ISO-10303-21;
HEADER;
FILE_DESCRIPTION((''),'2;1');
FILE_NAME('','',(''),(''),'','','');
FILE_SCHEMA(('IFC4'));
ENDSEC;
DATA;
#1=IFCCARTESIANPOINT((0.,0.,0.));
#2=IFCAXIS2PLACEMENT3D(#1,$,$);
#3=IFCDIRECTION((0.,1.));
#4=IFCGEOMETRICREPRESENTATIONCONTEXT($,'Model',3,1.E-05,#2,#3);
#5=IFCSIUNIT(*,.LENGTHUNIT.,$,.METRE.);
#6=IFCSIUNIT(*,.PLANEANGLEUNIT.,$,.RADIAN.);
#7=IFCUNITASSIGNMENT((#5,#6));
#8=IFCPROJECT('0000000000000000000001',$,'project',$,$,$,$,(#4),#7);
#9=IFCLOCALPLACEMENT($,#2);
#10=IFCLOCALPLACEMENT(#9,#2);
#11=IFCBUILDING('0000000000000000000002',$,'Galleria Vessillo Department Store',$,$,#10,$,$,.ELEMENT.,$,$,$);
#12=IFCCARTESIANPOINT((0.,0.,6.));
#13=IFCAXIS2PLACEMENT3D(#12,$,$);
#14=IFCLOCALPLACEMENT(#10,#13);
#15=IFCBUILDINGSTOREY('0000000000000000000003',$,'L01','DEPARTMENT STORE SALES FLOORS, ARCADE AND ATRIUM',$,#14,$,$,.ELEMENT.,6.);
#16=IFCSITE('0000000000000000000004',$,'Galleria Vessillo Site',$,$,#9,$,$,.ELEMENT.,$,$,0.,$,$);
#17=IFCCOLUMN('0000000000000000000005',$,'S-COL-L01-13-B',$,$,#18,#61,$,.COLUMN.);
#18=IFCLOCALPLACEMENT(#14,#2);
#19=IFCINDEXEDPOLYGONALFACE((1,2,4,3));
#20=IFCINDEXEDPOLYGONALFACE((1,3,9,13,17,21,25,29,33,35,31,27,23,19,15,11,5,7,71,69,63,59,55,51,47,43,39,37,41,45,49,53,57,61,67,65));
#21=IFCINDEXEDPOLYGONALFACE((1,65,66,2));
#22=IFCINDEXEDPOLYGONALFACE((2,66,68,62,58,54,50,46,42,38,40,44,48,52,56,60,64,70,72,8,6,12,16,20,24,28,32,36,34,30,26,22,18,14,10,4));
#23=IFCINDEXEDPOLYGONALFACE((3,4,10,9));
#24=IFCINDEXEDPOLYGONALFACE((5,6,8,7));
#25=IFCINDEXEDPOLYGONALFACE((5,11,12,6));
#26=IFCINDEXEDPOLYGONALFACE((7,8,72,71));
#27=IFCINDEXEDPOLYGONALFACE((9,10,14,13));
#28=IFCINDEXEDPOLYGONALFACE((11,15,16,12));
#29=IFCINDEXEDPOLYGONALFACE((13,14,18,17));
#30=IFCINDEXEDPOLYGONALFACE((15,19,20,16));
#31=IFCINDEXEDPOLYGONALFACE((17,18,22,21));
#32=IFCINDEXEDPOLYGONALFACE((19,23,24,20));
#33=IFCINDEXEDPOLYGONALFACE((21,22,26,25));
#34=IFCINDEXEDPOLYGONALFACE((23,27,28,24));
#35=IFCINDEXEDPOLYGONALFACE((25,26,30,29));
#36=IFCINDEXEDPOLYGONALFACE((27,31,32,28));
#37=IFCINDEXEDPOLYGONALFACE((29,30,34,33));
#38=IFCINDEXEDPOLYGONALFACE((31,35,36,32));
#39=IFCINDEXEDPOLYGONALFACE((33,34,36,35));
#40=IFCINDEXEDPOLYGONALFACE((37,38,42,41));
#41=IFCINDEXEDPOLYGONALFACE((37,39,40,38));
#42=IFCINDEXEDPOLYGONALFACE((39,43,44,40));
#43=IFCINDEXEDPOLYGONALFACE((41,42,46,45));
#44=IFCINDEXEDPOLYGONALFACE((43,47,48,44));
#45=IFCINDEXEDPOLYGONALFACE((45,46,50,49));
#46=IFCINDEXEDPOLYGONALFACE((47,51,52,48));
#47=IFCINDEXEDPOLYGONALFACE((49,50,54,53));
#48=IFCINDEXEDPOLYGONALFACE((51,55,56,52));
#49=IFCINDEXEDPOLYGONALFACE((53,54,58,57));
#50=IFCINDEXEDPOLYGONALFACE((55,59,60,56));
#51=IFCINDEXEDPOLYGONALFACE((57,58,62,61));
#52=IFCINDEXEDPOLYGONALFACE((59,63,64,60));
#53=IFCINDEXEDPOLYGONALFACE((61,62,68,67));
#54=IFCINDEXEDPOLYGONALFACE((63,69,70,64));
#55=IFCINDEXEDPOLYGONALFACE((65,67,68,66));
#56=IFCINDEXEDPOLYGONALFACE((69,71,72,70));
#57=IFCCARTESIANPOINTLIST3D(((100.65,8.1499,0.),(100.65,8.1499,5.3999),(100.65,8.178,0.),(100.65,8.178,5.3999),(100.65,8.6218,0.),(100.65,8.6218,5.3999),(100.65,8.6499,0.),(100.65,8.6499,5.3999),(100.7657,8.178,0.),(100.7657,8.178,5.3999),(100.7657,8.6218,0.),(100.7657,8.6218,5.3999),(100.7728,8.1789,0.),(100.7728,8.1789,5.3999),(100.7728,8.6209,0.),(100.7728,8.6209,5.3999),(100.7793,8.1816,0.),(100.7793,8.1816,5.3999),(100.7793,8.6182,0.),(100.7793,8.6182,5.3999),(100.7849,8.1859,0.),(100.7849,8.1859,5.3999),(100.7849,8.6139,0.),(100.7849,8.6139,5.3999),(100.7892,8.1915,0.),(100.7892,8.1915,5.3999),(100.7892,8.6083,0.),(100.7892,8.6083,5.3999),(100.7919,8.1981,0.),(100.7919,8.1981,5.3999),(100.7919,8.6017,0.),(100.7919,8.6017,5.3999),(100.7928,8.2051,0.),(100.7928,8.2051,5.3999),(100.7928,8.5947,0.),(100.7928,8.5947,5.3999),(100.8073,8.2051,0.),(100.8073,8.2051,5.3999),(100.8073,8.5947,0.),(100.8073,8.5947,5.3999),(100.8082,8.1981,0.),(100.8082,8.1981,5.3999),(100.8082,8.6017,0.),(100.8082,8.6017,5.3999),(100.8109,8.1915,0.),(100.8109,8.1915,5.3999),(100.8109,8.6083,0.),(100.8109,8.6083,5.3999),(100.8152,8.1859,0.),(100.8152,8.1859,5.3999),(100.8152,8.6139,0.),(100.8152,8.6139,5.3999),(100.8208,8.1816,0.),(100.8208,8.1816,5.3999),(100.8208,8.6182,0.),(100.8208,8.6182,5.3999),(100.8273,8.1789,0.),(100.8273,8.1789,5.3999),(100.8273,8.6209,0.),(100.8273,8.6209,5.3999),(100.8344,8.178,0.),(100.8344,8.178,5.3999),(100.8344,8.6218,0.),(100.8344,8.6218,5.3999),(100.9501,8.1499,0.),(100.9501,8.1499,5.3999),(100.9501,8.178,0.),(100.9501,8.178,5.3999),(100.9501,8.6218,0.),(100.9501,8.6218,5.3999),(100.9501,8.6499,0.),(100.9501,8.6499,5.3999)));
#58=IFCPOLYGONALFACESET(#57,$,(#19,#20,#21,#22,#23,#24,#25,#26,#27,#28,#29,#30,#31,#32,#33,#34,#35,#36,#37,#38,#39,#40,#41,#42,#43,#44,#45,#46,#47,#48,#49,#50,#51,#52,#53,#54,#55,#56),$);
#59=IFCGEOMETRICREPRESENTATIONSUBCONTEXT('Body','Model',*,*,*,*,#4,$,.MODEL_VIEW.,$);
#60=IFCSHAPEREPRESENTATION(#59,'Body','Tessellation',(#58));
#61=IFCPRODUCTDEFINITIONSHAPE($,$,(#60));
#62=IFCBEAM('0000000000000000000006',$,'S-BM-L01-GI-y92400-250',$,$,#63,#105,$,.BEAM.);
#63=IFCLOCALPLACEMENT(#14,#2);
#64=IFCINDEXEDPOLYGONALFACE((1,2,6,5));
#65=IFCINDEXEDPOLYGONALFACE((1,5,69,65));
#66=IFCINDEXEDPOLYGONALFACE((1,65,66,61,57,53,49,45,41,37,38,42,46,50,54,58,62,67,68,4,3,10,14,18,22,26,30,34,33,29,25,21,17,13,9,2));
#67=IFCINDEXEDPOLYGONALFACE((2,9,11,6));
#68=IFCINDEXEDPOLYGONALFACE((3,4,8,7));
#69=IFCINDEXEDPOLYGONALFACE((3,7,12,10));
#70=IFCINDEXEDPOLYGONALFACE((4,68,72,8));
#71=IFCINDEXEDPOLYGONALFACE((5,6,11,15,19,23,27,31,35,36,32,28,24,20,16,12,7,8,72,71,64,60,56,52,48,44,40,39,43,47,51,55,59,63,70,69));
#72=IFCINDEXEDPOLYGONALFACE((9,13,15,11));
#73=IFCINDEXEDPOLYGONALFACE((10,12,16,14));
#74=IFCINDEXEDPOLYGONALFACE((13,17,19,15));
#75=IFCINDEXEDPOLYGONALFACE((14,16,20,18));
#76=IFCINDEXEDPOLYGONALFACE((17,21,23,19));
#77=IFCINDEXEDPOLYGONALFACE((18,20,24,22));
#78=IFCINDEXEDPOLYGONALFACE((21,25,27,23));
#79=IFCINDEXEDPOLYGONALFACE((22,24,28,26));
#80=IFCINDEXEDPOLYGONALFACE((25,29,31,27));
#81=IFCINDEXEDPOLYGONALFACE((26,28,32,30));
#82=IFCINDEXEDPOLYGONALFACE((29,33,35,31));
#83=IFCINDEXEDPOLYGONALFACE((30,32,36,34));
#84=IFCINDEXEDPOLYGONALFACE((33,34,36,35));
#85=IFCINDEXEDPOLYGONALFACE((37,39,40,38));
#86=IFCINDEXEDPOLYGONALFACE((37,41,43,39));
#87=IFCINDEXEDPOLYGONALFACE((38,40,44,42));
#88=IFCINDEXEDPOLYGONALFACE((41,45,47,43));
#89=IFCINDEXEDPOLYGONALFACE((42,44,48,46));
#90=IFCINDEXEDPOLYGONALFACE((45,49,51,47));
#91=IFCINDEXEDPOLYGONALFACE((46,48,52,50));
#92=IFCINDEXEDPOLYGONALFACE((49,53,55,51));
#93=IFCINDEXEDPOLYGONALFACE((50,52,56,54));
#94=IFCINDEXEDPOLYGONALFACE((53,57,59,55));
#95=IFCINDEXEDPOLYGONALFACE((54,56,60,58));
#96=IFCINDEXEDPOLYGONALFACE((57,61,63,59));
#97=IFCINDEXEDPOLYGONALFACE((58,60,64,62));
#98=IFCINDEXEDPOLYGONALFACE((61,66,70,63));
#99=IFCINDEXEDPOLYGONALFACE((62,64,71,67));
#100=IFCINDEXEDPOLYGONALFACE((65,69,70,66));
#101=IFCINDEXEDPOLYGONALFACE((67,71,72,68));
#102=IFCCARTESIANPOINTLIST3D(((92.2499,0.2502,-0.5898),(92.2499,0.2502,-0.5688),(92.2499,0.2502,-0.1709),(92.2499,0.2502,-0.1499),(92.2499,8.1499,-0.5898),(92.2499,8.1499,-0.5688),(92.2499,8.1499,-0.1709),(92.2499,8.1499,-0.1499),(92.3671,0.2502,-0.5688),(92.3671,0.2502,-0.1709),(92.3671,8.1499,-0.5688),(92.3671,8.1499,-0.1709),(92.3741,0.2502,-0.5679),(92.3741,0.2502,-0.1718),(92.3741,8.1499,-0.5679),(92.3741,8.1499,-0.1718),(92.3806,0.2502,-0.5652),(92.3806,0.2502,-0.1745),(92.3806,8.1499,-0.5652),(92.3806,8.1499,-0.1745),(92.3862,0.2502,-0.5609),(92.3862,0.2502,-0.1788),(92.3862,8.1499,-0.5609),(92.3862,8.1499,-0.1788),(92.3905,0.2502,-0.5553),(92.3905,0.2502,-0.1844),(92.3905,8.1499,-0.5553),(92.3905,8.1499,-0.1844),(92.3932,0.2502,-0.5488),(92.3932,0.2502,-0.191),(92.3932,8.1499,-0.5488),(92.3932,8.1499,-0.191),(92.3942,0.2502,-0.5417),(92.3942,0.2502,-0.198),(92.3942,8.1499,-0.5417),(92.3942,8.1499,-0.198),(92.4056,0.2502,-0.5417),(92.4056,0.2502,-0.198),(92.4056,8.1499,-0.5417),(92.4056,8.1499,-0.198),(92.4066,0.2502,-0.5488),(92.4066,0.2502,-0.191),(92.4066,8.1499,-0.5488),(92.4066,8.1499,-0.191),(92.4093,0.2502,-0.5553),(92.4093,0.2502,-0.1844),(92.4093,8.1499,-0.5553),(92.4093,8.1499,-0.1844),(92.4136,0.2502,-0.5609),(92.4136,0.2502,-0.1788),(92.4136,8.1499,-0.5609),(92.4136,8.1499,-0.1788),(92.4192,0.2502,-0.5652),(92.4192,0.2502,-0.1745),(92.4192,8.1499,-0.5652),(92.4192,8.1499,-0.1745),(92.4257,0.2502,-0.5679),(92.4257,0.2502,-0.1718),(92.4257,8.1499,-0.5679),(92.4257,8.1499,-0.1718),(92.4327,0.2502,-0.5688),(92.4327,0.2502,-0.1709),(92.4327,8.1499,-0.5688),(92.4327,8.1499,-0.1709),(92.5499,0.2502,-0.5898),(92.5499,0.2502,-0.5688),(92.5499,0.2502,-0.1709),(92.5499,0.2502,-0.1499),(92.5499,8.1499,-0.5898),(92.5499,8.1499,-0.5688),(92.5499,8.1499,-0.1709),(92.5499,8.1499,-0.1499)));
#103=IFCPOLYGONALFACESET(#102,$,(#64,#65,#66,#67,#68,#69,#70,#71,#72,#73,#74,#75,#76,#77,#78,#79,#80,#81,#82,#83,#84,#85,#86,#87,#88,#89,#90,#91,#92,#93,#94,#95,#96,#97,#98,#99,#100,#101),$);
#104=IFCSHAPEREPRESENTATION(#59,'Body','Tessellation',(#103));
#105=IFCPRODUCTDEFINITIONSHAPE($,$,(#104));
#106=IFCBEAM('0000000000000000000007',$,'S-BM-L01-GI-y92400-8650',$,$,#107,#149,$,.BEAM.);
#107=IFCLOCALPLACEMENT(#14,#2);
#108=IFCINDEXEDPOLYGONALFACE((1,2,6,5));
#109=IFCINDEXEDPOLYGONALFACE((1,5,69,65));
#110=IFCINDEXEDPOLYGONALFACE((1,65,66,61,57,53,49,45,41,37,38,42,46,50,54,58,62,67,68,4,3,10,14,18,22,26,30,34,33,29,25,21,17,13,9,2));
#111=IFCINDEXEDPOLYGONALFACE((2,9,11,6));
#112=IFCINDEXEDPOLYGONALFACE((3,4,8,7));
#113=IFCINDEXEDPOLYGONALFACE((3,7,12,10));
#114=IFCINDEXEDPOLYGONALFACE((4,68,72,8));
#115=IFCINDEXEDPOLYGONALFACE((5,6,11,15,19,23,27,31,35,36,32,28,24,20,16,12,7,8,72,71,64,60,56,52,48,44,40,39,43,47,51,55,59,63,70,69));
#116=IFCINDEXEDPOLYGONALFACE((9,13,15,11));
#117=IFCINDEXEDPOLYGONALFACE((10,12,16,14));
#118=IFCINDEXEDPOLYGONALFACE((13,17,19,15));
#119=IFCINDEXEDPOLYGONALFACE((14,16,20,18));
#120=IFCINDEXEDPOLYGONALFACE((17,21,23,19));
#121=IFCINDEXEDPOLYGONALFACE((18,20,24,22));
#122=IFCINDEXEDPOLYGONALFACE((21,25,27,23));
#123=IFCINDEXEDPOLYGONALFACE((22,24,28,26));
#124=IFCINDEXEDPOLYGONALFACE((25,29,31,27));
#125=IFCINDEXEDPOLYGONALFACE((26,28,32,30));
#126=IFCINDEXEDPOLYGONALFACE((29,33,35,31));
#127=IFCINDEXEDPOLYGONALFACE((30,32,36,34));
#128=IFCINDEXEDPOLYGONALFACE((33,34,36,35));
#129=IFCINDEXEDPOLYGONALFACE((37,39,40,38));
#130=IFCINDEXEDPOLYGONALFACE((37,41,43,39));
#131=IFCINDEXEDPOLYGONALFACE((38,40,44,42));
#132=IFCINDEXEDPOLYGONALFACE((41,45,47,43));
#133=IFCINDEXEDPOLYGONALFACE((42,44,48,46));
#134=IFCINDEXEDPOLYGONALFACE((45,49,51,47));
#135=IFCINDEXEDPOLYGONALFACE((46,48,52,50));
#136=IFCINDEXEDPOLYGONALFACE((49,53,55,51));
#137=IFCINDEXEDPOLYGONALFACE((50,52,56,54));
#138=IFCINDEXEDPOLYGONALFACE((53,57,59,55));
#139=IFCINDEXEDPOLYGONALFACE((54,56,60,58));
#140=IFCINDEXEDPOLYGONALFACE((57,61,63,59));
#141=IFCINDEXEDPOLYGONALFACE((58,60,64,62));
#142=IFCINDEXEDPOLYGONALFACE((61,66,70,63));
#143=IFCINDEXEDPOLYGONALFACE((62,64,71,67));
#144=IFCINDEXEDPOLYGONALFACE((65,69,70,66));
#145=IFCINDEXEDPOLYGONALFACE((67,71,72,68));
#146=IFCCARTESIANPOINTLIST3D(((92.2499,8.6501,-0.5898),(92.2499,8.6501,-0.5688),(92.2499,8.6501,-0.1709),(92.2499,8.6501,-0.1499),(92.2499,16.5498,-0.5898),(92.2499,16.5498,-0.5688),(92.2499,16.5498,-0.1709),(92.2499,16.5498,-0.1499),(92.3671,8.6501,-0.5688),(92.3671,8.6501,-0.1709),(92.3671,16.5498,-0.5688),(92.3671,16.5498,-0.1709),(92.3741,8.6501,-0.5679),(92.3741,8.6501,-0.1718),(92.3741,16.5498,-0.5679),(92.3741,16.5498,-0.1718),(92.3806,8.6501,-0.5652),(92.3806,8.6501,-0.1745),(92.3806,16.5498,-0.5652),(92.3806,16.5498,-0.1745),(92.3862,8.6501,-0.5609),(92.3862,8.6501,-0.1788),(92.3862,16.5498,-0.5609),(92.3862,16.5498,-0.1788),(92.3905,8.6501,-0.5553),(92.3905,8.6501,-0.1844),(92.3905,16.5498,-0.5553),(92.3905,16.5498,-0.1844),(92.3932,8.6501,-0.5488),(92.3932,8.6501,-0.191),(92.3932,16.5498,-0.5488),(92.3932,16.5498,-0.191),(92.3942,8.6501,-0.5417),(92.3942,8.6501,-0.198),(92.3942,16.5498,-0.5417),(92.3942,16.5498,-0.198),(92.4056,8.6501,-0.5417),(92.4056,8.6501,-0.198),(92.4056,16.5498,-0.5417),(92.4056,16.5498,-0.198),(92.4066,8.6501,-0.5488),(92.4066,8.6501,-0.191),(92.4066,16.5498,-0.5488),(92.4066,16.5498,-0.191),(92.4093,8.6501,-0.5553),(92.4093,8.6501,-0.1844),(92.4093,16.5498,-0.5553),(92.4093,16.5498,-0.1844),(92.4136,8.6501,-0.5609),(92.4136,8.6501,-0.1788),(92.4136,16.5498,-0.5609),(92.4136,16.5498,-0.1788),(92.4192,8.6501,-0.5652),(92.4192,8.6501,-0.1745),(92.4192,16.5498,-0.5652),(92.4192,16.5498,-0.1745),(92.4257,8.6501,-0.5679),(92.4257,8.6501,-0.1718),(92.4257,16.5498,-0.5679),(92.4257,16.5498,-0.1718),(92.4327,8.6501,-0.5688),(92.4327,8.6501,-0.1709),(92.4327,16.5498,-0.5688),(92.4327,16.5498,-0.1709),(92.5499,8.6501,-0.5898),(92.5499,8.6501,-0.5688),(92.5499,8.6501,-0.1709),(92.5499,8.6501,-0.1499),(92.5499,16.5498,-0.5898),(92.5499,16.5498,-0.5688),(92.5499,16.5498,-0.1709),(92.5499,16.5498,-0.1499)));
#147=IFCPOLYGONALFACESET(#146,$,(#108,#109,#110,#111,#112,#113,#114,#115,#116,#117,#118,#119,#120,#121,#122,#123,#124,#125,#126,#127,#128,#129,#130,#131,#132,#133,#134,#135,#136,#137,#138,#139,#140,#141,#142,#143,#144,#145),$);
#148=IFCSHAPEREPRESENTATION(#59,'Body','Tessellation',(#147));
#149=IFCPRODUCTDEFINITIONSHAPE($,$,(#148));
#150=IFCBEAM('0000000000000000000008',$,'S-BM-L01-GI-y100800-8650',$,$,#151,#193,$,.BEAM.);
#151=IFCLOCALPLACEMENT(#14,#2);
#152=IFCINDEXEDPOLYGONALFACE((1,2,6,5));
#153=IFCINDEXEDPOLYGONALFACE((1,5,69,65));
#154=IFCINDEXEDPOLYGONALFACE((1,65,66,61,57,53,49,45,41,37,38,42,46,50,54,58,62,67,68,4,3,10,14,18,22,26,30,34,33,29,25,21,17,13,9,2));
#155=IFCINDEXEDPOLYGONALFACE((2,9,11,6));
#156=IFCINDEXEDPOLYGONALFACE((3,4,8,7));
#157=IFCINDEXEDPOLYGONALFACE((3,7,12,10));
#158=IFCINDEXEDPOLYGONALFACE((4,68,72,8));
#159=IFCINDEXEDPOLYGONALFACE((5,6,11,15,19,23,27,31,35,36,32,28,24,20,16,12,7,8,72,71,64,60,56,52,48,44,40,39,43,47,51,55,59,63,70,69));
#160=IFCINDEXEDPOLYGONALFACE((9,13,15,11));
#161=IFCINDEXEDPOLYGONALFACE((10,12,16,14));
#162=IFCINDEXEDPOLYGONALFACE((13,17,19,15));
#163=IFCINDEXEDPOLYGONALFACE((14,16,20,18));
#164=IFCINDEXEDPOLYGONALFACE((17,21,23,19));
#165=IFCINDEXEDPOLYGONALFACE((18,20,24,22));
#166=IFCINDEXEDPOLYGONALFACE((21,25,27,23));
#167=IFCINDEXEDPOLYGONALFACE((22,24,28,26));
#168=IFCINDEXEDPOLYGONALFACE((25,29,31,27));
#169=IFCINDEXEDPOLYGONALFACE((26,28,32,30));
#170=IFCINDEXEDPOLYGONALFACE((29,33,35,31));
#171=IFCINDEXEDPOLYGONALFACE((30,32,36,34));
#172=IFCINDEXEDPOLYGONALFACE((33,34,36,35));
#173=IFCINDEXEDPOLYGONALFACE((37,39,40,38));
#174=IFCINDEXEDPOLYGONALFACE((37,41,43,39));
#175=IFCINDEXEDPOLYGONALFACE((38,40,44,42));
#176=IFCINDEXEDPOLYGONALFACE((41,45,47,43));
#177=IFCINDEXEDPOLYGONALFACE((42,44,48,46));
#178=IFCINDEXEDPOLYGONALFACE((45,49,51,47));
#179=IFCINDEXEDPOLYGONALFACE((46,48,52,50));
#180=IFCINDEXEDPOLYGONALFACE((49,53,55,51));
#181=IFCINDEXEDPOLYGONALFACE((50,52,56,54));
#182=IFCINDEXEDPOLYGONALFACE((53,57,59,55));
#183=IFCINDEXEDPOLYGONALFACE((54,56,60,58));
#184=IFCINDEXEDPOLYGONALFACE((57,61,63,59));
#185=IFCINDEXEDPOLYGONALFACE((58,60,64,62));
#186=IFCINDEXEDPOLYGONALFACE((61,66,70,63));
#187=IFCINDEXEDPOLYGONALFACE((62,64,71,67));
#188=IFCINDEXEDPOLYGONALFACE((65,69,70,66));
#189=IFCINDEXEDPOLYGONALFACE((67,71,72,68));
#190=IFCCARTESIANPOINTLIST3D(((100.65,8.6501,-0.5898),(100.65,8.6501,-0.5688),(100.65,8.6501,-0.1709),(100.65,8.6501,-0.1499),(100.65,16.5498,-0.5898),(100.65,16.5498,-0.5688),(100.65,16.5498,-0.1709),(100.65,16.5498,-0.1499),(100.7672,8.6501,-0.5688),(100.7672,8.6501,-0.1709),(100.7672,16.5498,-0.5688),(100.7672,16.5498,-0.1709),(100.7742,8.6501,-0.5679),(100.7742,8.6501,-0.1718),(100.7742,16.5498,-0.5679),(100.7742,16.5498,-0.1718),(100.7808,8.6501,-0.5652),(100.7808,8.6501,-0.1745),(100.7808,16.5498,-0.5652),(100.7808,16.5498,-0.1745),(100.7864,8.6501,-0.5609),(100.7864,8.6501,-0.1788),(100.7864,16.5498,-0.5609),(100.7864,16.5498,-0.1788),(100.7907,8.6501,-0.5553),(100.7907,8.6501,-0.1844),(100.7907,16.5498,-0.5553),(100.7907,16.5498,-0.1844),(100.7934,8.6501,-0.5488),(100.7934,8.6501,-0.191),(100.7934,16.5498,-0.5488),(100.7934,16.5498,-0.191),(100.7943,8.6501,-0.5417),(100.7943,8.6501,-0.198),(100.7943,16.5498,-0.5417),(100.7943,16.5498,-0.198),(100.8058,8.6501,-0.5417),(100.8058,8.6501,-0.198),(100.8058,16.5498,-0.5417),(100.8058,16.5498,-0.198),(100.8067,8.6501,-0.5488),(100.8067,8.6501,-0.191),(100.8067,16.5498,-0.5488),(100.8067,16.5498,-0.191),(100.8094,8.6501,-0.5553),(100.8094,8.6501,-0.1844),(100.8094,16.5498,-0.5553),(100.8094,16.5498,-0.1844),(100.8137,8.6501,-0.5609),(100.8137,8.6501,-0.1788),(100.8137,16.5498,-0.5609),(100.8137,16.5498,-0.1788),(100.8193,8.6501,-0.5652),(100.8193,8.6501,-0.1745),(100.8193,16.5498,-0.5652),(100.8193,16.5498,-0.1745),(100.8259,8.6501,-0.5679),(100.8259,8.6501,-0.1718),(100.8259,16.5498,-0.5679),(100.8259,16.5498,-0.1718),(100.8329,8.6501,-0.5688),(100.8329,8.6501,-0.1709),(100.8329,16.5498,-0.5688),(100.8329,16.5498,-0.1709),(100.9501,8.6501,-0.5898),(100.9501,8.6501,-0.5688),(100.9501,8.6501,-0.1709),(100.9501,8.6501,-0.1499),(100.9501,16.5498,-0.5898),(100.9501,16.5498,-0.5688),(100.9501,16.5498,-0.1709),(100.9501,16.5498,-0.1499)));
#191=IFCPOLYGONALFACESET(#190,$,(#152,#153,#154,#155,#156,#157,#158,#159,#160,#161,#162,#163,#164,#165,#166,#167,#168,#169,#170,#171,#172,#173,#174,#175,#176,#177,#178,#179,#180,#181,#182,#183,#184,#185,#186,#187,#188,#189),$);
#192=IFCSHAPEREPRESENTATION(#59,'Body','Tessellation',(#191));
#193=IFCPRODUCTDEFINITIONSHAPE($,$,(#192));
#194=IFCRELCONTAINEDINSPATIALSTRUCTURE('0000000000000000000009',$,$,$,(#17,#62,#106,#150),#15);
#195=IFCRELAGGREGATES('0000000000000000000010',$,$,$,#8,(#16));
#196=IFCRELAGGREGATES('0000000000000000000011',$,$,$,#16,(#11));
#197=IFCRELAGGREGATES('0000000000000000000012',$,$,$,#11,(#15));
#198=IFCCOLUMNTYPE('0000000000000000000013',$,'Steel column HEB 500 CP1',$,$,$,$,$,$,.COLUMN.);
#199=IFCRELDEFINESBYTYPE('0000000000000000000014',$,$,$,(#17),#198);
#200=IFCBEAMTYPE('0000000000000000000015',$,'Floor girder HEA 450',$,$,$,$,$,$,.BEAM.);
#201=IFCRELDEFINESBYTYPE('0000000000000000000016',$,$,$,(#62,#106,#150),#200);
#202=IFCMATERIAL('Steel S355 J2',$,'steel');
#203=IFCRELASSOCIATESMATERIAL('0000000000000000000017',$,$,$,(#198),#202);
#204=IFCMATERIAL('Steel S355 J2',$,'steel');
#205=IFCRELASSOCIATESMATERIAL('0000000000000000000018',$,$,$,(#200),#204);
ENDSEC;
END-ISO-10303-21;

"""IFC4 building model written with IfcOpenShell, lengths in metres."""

from ifc_helpers import new_model, si_unit, direction, frame, origin, origin_2d, place, context, subcontext, project, spatial, i_section, extrude, material, material_profile, profile_set, type_object, element, save


model = new_model("IFC4")

# Units and contexts
model_context = context("Model", 3, precision=1e-05, world=origin(), true_north=direction((0.0, 1.0)))
body_context = subcontext(model_context, "Body", "Model", "MODEL_VIEW")
ifc_project = project(units=[si_unit("LENGTHUNIT", "METRE"), si_unit("PLANEANGLEUNIT", "RADIAN")], contexts=[model_context])

# Site, building, storey
site_placement = place(None, origin())
site = spatial("IfcSite", under=ifc_project, at=site_placement, Name="Galleria Vessillo Site", CompositionType="ELEMENT", RefElevation=0.0)
building_placement = place(site_placement, origin())
building = spatial("IfcBuilding", under=site, at=building_placement, Name="Galleria Vessillo Department Store", CompositionType="ELEMENT")
storey_placement = place(building_placement, frame((0.0, 0.0, 6.0)))
storey = spatial("IfcBuildingStorey", under=building, at=storey_placement, Name="L01", Description="DEPARTMENT STORE SALES FLOORS, ARCADE AND ATRIUM", CompositionType="ELEMENT", Elevation=6.0)

# Column
ifc_material_1 = material(Name="Steel S355 J2", Category="steel")
ifc_material_profile_1 = material_profile(ifc_material_1, i_section(OverallWidth=0.3, OverallDepth=0.5, WebThickness=0.0144, FlangeThickness=0.0281, FilletRadius=0.0271, at=origin_2d()), Name="HEB 500")
ifc_profile_set_1 = profile_set([ifc_material_profile_1], Name="Steel S355 J2")
column_type = type_object("IfcColumnType", Name="Steel column HEB 500 CP1", PredefinedType="COLUMN", material=ifc_profile_set_1)
for number, where, z_axis, x_axis, name in (
    (1, (100.8, 8.3999, 0.0), (0.0, 0.0, 1.0), (1.0, 0.0, 0.0), "S-COL-L01-13-B"),
):
    element("IfcColumn", number, at=place(storey_placement, frame(where, z_axis=z_axis, x_axis=x_axis)), inside=storey, type_object=column_type, Name=name, PredefinedType="COLUMN", context=body_context, shape_type="SweptSolid", body=[
        extrude(i_section(OverallWidth=0.3, OverallDepth=0.5, WebThickness=0.0144, FlangeThickness=0.0281, FilletRadius=0.0271, at=origin_2d()), origin(), (0.0, 0.0, 1.0), 5.3999),
    ])

# Beams
ifc_material_2 = material(Name="Steel S355 J2", Category="steel")
ifc_material_profile_2 = material_profile(ifc_material_2, i_section(OverallWidth=0.3, OverallDepth=0.4399, WebThickness=0.0115, FlangeThickness=0.021, FilletRadius=0.0271, at=origin_2d()), Name="HEA 450")
ifc_profile_set_2 = profile_set([ifc_material_profile_2], Name="Steel S355 J2")
beam_type_1 = type_object("IfcBeamType", Name="Floor girder HEA 450", PredefinedType="BEAM", material=ifc_profile_set_2)
for number, where, z_axis, x_axis, name in (
    (2, (92.3999, 0.2502, -0.3699), (0.0, 1.0, 0.0), (-1.0, 0.0, 0.0), "S-BM-L01-GI-y92400-250"),
    (3, (92.3999, 8.6501, -0.3699), (0.0, 1.0, 0.0), (-1.0, 0.0, 0.0), "S-BM-L01-GI-y92400-8650"),
    (4, (100.8, 8.6501, -0.3699), (0.0, 1.0, 0.0), (-1.0, 0.0, 0.0), "S-BM-L01-GI-y100800-8650"),
):
    element("IfcBeam", number, at=place(storey_placement, frame(where, z_axis=z_axis, x_axis=x_axis)), inside=storey, type_object=beam_type_1, Name=name, PredefinedType="BEAM", context=body_context, shape_type="SweptSolid", body=[
        extrude(i_section(OverallWidth=0.3, OverallDepth=0.4399, WebThickness=0.0115, FlangeThickness=0.021, FilletRadius=0.0271, at=origin_2d()), origin(), (0.0, 0.0, 1.0), 7.8997),
    ])

save(model, "model.ifc")
